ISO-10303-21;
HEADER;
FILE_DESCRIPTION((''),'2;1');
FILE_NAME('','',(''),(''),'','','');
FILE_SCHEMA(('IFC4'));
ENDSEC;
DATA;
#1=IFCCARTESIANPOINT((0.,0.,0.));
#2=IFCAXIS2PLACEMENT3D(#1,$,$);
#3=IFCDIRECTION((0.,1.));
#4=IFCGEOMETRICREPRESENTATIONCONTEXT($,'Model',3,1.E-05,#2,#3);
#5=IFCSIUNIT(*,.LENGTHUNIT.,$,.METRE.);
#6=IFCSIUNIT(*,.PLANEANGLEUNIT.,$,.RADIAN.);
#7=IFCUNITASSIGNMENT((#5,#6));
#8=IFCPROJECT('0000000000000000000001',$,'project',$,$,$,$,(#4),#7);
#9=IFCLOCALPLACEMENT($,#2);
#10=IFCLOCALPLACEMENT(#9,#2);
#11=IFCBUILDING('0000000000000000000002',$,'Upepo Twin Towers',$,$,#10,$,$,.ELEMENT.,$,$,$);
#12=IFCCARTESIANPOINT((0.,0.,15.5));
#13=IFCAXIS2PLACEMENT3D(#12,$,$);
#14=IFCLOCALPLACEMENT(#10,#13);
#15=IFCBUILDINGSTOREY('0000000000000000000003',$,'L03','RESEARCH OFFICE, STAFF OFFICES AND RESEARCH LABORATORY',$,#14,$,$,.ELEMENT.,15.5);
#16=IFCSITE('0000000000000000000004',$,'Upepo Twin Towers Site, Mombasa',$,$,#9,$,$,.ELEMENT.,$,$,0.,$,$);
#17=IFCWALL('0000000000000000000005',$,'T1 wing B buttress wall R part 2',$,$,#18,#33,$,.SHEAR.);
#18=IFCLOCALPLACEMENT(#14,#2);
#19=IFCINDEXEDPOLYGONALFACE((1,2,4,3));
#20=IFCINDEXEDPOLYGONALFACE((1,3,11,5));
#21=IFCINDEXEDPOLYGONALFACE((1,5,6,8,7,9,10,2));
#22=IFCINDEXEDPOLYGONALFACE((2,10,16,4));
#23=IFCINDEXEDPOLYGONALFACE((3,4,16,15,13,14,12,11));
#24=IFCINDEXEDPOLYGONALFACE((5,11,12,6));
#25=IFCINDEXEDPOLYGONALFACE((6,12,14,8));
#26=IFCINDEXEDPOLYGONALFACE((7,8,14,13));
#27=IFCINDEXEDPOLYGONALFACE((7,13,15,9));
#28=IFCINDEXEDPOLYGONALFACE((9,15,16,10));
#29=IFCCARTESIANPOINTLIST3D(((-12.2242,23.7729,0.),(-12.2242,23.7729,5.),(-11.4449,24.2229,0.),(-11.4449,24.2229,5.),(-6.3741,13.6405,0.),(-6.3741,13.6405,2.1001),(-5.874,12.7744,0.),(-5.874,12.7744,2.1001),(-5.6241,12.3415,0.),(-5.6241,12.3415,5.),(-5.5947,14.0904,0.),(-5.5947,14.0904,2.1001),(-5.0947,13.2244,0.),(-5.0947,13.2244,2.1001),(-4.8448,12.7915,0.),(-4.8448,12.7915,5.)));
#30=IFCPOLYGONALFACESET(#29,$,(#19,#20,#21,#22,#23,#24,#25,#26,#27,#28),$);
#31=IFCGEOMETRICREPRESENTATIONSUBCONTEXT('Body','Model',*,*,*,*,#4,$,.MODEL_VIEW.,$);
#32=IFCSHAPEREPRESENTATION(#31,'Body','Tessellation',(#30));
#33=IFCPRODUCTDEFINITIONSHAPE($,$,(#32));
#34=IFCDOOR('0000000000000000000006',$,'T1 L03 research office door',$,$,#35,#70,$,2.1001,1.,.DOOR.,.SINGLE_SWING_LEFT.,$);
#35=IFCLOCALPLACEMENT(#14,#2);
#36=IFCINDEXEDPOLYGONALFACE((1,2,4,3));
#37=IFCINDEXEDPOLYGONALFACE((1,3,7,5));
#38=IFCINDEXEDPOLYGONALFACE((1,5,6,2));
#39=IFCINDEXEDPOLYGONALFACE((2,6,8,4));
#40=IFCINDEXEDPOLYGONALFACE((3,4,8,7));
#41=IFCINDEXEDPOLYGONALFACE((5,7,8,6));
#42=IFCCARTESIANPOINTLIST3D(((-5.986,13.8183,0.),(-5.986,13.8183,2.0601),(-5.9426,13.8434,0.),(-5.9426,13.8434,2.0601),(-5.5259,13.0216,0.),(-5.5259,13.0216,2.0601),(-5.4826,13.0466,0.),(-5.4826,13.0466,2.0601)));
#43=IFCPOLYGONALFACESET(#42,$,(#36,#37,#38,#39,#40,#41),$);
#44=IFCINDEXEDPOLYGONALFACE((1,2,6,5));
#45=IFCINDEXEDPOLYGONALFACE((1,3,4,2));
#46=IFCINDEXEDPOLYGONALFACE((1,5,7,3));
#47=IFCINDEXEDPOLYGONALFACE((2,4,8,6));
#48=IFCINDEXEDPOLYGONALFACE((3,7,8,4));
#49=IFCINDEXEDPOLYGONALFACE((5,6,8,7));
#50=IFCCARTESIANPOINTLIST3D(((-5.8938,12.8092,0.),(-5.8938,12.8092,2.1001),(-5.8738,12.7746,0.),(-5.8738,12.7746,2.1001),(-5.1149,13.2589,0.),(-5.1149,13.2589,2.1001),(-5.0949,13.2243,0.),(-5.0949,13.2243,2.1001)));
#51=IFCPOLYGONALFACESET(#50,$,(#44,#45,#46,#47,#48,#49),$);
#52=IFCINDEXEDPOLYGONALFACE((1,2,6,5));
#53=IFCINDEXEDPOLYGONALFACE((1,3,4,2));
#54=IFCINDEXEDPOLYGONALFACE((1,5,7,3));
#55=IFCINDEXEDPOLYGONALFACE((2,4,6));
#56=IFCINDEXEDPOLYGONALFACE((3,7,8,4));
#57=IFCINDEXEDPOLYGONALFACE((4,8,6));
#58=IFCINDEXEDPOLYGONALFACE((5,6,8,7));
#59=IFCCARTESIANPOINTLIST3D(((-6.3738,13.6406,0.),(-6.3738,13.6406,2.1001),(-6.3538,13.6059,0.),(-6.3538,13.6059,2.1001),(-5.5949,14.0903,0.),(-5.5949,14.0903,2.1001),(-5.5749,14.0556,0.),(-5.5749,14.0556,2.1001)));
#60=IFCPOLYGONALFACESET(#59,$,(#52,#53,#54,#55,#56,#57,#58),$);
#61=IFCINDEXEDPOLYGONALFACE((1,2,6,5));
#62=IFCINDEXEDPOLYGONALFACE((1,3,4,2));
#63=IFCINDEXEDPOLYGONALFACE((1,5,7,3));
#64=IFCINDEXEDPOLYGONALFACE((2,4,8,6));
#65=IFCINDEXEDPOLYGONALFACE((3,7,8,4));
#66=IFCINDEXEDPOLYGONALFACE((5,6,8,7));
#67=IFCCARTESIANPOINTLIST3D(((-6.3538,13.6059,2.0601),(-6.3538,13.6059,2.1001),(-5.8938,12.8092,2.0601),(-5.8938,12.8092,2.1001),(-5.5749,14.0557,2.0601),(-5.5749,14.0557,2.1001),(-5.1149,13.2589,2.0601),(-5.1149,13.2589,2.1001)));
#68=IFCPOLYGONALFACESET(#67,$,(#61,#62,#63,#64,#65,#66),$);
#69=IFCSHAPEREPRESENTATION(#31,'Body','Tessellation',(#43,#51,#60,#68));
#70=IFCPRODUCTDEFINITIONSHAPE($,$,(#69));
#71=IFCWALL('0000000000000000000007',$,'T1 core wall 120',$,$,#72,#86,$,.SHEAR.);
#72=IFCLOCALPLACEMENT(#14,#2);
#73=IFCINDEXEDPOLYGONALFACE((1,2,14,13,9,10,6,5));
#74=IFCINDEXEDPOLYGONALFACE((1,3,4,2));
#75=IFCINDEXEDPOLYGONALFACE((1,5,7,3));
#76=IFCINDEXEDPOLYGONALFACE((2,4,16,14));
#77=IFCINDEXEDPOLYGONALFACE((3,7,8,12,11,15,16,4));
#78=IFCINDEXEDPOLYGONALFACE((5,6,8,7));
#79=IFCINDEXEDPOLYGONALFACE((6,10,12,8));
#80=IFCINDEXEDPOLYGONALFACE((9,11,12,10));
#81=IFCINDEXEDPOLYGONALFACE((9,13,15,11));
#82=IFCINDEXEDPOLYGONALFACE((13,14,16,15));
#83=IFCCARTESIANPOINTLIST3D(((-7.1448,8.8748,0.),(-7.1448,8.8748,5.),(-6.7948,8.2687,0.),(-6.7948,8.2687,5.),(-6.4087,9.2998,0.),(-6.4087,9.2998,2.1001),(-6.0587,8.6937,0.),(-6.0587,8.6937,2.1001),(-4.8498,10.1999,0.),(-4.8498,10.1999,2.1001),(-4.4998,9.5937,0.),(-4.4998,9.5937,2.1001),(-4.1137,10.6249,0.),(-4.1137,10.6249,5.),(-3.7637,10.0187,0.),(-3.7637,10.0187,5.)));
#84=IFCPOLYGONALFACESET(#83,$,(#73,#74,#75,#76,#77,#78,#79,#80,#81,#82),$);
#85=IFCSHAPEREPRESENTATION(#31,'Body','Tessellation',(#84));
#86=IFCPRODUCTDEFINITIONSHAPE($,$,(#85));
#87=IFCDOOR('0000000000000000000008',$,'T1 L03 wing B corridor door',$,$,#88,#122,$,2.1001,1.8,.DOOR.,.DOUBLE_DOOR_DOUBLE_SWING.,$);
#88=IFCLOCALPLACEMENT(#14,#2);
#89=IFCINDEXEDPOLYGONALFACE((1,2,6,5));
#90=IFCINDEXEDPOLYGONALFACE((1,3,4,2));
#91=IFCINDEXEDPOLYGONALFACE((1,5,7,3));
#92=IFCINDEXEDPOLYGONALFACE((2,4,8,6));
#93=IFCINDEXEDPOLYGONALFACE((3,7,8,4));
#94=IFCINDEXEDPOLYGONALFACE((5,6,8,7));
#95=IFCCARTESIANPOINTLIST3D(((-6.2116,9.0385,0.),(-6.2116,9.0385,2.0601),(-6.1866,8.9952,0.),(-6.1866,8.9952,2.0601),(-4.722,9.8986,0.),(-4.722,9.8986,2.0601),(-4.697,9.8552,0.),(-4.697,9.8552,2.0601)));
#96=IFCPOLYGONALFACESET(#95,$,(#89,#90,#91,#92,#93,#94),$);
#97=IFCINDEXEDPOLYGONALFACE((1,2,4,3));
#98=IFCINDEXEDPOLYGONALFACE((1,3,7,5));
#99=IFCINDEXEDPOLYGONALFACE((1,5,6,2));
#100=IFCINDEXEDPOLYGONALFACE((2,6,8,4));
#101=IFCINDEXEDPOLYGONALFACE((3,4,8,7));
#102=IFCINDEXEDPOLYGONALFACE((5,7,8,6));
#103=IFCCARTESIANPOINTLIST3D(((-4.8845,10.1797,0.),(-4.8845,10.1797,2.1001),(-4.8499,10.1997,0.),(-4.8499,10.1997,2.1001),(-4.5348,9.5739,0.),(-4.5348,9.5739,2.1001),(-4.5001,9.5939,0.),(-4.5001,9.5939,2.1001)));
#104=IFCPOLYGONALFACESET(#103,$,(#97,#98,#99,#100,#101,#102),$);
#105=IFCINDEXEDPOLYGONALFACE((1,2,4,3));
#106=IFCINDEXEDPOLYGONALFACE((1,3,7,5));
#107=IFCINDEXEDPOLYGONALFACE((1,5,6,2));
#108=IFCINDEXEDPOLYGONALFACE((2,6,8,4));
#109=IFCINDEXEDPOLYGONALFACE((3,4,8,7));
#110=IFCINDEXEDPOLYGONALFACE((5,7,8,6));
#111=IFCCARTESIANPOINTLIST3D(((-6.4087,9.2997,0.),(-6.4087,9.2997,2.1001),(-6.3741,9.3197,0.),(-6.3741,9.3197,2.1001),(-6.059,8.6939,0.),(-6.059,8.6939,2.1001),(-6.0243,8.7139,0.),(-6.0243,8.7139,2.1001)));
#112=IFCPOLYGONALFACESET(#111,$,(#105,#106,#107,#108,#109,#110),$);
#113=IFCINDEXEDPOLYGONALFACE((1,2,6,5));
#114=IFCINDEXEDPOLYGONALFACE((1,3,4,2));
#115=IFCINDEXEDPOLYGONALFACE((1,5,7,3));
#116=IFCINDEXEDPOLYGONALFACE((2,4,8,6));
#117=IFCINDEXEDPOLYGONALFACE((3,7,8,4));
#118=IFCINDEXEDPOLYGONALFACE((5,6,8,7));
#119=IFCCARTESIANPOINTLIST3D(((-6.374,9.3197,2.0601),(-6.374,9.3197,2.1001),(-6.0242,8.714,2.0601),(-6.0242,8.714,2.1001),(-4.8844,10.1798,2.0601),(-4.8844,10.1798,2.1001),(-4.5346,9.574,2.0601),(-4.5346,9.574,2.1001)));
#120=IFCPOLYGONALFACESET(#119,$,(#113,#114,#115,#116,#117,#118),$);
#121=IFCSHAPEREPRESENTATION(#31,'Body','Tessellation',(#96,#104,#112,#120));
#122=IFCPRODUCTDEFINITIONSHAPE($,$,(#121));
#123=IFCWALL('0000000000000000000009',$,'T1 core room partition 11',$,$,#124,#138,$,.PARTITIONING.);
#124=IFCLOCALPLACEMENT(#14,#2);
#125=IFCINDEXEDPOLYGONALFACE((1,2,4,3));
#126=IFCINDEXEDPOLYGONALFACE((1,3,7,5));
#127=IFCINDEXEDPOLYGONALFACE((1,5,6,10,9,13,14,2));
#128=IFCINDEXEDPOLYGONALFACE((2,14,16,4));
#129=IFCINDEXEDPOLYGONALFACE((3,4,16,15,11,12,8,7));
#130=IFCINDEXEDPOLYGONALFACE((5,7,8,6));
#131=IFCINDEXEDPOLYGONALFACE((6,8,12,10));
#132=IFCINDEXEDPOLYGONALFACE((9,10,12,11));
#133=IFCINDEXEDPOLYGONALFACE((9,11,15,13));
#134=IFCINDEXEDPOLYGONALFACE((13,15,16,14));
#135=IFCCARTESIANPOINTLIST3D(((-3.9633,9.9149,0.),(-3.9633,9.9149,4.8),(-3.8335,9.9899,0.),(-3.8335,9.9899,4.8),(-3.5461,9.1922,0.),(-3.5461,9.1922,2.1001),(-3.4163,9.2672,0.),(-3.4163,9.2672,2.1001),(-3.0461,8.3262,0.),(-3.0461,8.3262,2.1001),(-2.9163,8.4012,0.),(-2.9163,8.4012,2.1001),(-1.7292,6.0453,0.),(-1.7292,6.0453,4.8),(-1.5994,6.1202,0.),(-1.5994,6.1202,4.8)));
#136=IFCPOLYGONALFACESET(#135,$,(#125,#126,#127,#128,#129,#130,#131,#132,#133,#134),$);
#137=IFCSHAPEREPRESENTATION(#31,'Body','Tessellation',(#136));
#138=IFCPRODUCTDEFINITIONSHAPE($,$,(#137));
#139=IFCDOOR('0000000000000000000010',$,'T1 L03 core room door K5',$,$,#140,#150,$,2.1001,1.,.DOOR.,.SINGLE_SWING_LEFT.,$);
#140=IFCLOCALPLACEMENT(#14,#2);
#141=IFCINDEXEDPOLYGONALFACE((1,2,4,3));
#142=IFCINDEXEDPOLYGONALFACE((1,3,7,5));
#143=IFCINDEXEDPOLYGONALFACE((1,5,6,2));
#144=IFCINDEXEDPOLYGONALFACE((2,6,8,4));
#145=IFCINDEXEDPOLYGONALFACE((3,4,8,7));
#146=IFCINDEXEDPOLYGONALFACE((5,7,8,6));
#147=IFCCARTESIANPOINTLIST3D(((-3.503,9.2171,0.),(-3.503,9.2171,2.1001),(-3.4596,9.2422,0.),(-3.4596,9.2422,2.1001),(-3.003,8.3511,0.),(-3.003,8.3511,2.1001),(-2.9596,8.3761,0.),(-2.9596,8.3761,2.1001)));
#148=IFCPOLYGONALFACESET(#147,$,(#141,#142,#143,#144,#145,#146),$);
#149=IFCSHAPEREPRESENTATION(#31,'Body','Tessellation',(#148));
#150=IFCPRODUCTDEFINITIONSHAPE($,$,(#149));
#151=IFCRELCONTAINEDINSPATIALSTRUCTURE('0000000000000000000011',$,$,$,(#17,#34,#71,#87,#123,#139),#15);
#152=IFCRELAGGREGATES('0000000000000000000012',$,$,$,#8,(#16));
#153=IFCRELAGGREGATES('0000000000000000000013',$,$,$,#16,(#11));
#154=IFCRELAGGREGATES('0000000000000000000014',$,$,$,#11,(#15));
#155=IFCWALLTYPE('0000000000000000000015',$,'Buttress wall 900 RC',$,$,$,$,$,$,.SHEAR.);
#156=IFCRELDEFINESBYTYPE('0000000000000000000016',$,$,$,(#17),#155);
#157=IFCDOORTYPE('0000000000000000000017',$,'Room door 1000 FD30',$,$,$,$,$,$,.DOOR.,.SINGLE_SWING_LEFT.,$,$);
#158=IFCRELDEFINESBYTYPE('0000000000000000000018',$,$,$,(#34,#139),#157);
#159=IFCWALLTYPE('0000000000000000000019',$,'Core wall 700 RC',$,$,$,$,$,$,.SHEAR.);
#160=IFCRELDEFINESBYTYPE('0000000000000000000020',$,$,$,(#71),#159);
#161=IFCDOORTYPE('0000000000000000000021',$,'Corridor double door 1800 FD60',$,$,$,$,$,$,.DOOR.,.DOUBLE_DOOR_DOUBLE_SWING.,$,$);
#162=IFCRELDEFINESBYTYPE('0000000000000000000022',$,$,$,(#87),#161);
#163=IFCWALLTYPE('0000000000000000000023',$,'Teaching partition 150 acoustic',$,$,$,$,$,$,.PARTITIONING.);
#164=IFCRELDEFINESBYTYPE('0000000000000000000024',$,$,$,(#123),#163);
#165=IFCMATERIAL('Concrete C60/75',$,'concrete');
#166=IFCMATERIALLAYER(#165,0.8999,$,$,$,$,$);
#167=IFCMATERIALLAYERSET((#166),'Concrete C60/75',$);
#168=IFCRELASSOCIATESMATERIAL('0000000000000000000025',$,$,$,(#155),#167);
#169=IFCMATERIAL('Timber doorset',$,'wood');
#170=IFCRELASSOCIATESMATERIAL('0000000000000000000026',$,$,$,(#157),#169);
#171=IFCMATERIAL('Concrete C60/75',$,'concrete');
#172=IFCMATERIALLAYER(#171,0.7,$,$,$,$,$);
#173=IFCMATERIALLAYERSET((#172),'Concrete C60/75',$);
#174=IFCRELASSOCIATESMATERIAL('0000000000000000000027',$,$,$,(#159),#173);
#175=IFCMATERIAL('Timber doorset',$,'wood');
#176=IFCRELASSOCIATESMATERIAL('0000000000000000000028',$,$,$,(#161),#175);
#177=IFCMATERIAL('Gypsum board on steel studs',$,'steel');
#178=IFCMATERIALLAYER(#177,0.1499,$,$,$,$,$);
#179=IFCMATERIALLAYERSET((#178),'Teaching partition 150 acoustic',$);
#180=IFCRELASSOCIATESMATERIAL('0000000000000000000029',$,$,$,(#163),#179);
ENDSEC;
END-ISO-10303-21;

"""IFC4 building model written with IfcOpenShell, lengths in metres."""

from ifc_helpers import new_model, si_unit, direction, frame, frame_2d, origin, place, context, subcontext, project, spatial, rectangle, extrude, material, layer, layer_set, type_object, element, fill, save


model = new_model("IFC4")

# Units and contexts
model_context = context("Model", 3, precision=1e-05, world=origin(), true_north=direction((0.0, 1.0)))
body_context = subcontext(model_context, "Body", "Model", "MODEL_VIEW")
ifc_project = project(units=[si_unit("LENGTHUNIT", "METRE"), si_unit("PLANEANGLEUNIT", "RADIAN")], contexts=[model_context])

# Site, building, storey
site_placement = place(None, origin())
site = spatial("IfcSite", under=ifc_project, at=site_placement, Name="Upepo Twin Towers Site, Mombasa", CompositionType="ELEMENT", RefElevation=0.0)
building_placement = place(site_placement, origin())
building = spatial("IfcBuilding", under=site, at=building_placement, Name="Upepo Twin Towers", CompositionType="ELEMENT")
storey_placement = place(building_placement, frame((0.0, 0.0, 15.5)))
storey = spatial("IfcBuildingStorey", under=building, at=storey_placement, Name="L03", Description="RESEARCH OFFICE, STAFF OFFICES AND RESEARCH LABORATORY", CompositionType="ELEMENT", Elevation=15.5)

# Walls, openings, doors
ifc_material_1 = material(Name="Concrete C60/75", Category="concrete")
ifc_layer_1 = layer(ifc_material_1, 0.8999)
ifc_layer_set_1 = layer_set([ifc_layer_1], Name="Concrete C60/75")
wall_type_1 = type_object("IfcWallType", Name="Buttress wall 900 RC", PredefinedType="SHEAR", material=ifc_layer_set_1)
ifc_material_2 = material(Name="Timber doorset", Category="wood")
door_type_1 = type_object("IfcDoorType", Name="Room door 1000 FD30", OperationType="SINGLE_SWING_LEFT", PredefinedType="DOOR", material=ifc_material_2)
wall_1_placement = place(storey_placement, frame((-5.2344, 12.5664, 0.0), z_axis=(0.0, 0.0, 1.0), x_axis=(-0.50001, 0.86602, 0.0)))
wall_1 = element("IfcWall", 1, at=wall_1_placement, inside=storey, type_object=wall_type_1, Name="T1 wing B buttress wall R part 2", PredefinedType="SHEAR", context=body_context, shape_type="SweptSolid", body=[
    extrude(rectangle(XDim=13.2, YDim=0.8999, at=frame_2d((6.6001, 0.0))), origin(), (0.0, 0.0, 1.0), 5.0),
])
opening_1_placement = place(wall_1_placement, frame((0.5, 0.0, 0.0)))
opening_1 = element("IfcOpeningElement", 2, at=opening_1_placement, cuts=wall_1, PredefinedType="OPENING", context=body_context, shape_type="SweptSolid", body=[
    extrude(rectangle(XDim=1.0, YDim=2.1001, at=frame_2d((0.5, 1.05))), frame((0.0, 0.46, 0.0), z_axis=(0.0, -1.0, 0.0), x_axis=(1.0, 0.0, 0.0)), (0.0, 0.0, 1.0), 0.9199),
])
door_1_placement = place(opening_1_placement, origin())
door_1 = element("IfcDoor", 3, at=door_1_placement, inside=storey, type_object=door_type_1, Name="T1 L03 research office door", OperationType="SINGLE_SWING_LEFT", OverallHeight=2.1001, OverallWidth=1.0, PredefinedType="DOOR", context=body_context, shape_type="SweptSolid", body=[
    extrude(rectangle(XDim=0.92, YDim=2.0601, at=frame_2d((0.5, 1.03))), frame((0.0, 0.0249, 0.0), z_axis=(0.0, -1.0, 0.0), x_axis=(1.0, 0.0, 0.0)), (0.0, 0.0, 1.0), 0.05),
    extrude(rectangle(XDim=0.04, YDim=2.1001, at=frame_2d((0.02, 1.05))), frame((0.0, 0.4497, 0.0), z_axis=(0.0, -1.0, 0.0), x_axis=(1.0, 0.0, 0.0)), (0.0, 0.0, 1.0), 0.8994),
    extrude(rectangle(XDim=0.04, YDim=2.1001, at=frame_2d((0.98, 1.05))), frame((0.0, 0.4497, 0.0), z_axis=(0.0, -1.0, 0.0), x_axis=(1.0, 0.0, 0.0)), (0.0, 0.0, 1.0), 0.8994),
    extrude(rectangle(XDim=0.92, YDim=0.04, at=frame_2d((0.5, 2.0801))), frame((0.0, 0.4497, 0.0), z_axis=(0.0, -1.0, 0.0), x_axis=(1.0, 0.0, 0.0)), (0.0, 0.0, 1.0), 0.8994),
])
fill(opening_1, door_1)
ifc_material_3 = material(Name="Concrete C60/75", Category="concrete")
ifc_layer_2 = layer(ifc_material_3, 0.7)
ifc_layer_set_2 = layer_set([ifc_layer_2], Name="Concrete C60/75")
wall_type_2 = type_object("IfcWallType", Name="Core wall 700 RC", PredefinedType="SHEAR", material=ifc_layer_set_2)
wall_2_placement = place(storey_placement, frame((-3.9387, 10.3218, 0.0), z_axis=(0.0, 0.0, 1.0), x_axis=(-0.866019, -0.50001, 0.0)))
wall_2 = element("IfcWall", 4, at=wall_2_placement, inside=storey, type_object=wall_type_2, Name="T1 core wall 120", PredefinedType="SHEAR", context=body_context, shape_type="SweptSolid", body=[
    extrude(rectangle(XDim=3.5, YDim=0.7, at=frame_2d((1.75, 0.0))), origin(), (0.0, 0.0, 1.0), 5.0),
])
opening_2_placement = place(wall_2_placement, frame((0.8501, 0.0, 0.0)))
opening_2 = element("IfcOpeningElement", 5, at=opening_2_placement, cuts=wall_2, PredefinedType="OPENING", context=body_context, shape_type="SweptSolid", body=[
    extrude(rectangle(XDim=1.8, YDim=2.1001, at=frame_2d((0.8999, 1.05))), frame((0.0, 0.3599, 0.0), z_axis=(0.0, -1.0, 0.0), x_axis=(1.0, 0.0, 0.0)), (0.0, 0.0, 1.0), 0.72),
])
ifc_material_4 = material(Name="Timber doorset", Category="wood")
door_type_2 = type_object("IfcDoorType", Name="Corridor double door 1800 FD60", OperationType="DOUBLE_DOOR_DOUBLE_SWING", PredefinedType="DOOR", material=ifc_material_4)
door_2_placement = place(opening_2_placement, origin())
door_2 = element("IfcDoor", 6, at=door_2_placement, inside=storey, type_object=door_type_2, Name="T1 L03 wing B corridor door", OperationType="DOUBLE_DOOR_DOUBLE_SWING", OverallHeight=2.1001, OverallWidth=1.8, PredefinedType="DOOR", context=body_context, shape_type="SweptSolid", body=[
    extrude(rectangle(XDim=1.72, YDim=2.0601, at=frame_2d((0.8999, 1.03))), frame((0.0, 0.0249, 0.0), z_axis=(0.0, -1.0, 0.0), x_axis=(1.0, 0.0, 0.0)), (0.0, 0.0, 1.0), 0.05),
    extrude(rectangle(XDim=0.04, YDim=2.1001, at=frame_2d((0.02, 1.05))), frame((0.0, 0.3496, 0.0), z_axis=(0.0, -1.0, 0.0), x_axis=(1.0, 0.0, 0.0)), (0.0, 0.0, 1.0), 0.6995),
    extrude(rectangle(XDim=0.04, YDim=2.1001, at=frame_2d((1.78, 1.05))), frame((0.0, 0.3496, 0.0), z_axis=(0.0, -1.0, 0.0), x_axis=(1.0, 0.0, 0.0)), (0.0, 0.0, 1.0), 0.6995),
    extrude(rectangle(XDim=1.72, YDim=0.04, at=frame_2d((0.8999, 2.0801))), frame((0.0, 0.3496, 0.0), z_axis=(0.0, -1.0, 0.0), x_axis=(1.0, 0.0, 0.0)), (0.0, 0.0, 1.0), 0.6995),
])
fill(opening_2, door_2)
ifc_material_5 = material(Name="Gypsum board on steel studs", Category="steel")
ifc_layer_3 = layer(ifc_material_5, 0.1499)
ifc_layer_set_3 = layer_set([ifc_layer_3], Name="Teaching partition 150 acoustic")
wall_type_3 = type_object("IfcWallType", Name="Teaching partition 150 acoustic", PredefinedType="PARTITIONING", material=ifc_layer_set_3)
wall_3_placement = place(storey_placement, frame((-3.8984, 9.9524, 0.0), z_axis=(0.0, 0.0, 1.0), x_axis=(0.5, -0.866025, 0.0)))
wall_3 = element("IfcWall", 7, at=wall_3_placement, inside=storey, type_object=wall_type_3, Name="T1 core room partition 11", PredefinedType="PARTITIONING", context=body_context, shape_type="SweptSolid", body=[
    extrude(rectangle(XDim=4.4683, YDim=0.1499, at=frame_2d((2.2341, 0.0))), origin(), (0.0, 0.0, 1.0), 4.8),
])
opening_3_placement = place(wall_3_placement, frame((0.8345, 0.0, 0.0)))
opening_3 = element("IfcOpeningElement", 8, at=opening_3_placement, cuts=wall_3, PredefinedType="OPENING", context=body_context, shape_type="SweptSolid", body=[
    extrude(rectangle(XDim=1.0, YDim=2.1001, at=frame_2d((0.5, 1.05))), frame((0.0, 0.085, 0.0), z_axis=(0.0, -1.0, 0.0), x_axis=(1.0, 0.0, 0.0)), (0.0, 0.0, 1.0), 0.1699),
])
door_3_placement = place(opening_3_placement, origin())
door_3 = element("IfcDoor", 9, at=door_3_placement, inside=storey, type_object=door_type_1, Name="T1 L03 core room door K5", OperationType="SINGLE_SWING_LEFT", OverallHeight=2.1001, OverallWidth=1.0, PredefinedType="DOOR", context=body_context, shape_type="SweptSolid", body=[
    extrude(rectangle(XDim=1.0, YDim=2.1001, at=frame_2d((0.5, 1.05))), frame((0.0, 0.0249, 0.0), z_axis=(0.0, -1.0, 0.0), x_axis=(1.0, 0.0, 0.0)), (0.0, 0.0, 1.0), 0.05),
])
fill(opening_3, door_3)

save(model, "model.ifc")
